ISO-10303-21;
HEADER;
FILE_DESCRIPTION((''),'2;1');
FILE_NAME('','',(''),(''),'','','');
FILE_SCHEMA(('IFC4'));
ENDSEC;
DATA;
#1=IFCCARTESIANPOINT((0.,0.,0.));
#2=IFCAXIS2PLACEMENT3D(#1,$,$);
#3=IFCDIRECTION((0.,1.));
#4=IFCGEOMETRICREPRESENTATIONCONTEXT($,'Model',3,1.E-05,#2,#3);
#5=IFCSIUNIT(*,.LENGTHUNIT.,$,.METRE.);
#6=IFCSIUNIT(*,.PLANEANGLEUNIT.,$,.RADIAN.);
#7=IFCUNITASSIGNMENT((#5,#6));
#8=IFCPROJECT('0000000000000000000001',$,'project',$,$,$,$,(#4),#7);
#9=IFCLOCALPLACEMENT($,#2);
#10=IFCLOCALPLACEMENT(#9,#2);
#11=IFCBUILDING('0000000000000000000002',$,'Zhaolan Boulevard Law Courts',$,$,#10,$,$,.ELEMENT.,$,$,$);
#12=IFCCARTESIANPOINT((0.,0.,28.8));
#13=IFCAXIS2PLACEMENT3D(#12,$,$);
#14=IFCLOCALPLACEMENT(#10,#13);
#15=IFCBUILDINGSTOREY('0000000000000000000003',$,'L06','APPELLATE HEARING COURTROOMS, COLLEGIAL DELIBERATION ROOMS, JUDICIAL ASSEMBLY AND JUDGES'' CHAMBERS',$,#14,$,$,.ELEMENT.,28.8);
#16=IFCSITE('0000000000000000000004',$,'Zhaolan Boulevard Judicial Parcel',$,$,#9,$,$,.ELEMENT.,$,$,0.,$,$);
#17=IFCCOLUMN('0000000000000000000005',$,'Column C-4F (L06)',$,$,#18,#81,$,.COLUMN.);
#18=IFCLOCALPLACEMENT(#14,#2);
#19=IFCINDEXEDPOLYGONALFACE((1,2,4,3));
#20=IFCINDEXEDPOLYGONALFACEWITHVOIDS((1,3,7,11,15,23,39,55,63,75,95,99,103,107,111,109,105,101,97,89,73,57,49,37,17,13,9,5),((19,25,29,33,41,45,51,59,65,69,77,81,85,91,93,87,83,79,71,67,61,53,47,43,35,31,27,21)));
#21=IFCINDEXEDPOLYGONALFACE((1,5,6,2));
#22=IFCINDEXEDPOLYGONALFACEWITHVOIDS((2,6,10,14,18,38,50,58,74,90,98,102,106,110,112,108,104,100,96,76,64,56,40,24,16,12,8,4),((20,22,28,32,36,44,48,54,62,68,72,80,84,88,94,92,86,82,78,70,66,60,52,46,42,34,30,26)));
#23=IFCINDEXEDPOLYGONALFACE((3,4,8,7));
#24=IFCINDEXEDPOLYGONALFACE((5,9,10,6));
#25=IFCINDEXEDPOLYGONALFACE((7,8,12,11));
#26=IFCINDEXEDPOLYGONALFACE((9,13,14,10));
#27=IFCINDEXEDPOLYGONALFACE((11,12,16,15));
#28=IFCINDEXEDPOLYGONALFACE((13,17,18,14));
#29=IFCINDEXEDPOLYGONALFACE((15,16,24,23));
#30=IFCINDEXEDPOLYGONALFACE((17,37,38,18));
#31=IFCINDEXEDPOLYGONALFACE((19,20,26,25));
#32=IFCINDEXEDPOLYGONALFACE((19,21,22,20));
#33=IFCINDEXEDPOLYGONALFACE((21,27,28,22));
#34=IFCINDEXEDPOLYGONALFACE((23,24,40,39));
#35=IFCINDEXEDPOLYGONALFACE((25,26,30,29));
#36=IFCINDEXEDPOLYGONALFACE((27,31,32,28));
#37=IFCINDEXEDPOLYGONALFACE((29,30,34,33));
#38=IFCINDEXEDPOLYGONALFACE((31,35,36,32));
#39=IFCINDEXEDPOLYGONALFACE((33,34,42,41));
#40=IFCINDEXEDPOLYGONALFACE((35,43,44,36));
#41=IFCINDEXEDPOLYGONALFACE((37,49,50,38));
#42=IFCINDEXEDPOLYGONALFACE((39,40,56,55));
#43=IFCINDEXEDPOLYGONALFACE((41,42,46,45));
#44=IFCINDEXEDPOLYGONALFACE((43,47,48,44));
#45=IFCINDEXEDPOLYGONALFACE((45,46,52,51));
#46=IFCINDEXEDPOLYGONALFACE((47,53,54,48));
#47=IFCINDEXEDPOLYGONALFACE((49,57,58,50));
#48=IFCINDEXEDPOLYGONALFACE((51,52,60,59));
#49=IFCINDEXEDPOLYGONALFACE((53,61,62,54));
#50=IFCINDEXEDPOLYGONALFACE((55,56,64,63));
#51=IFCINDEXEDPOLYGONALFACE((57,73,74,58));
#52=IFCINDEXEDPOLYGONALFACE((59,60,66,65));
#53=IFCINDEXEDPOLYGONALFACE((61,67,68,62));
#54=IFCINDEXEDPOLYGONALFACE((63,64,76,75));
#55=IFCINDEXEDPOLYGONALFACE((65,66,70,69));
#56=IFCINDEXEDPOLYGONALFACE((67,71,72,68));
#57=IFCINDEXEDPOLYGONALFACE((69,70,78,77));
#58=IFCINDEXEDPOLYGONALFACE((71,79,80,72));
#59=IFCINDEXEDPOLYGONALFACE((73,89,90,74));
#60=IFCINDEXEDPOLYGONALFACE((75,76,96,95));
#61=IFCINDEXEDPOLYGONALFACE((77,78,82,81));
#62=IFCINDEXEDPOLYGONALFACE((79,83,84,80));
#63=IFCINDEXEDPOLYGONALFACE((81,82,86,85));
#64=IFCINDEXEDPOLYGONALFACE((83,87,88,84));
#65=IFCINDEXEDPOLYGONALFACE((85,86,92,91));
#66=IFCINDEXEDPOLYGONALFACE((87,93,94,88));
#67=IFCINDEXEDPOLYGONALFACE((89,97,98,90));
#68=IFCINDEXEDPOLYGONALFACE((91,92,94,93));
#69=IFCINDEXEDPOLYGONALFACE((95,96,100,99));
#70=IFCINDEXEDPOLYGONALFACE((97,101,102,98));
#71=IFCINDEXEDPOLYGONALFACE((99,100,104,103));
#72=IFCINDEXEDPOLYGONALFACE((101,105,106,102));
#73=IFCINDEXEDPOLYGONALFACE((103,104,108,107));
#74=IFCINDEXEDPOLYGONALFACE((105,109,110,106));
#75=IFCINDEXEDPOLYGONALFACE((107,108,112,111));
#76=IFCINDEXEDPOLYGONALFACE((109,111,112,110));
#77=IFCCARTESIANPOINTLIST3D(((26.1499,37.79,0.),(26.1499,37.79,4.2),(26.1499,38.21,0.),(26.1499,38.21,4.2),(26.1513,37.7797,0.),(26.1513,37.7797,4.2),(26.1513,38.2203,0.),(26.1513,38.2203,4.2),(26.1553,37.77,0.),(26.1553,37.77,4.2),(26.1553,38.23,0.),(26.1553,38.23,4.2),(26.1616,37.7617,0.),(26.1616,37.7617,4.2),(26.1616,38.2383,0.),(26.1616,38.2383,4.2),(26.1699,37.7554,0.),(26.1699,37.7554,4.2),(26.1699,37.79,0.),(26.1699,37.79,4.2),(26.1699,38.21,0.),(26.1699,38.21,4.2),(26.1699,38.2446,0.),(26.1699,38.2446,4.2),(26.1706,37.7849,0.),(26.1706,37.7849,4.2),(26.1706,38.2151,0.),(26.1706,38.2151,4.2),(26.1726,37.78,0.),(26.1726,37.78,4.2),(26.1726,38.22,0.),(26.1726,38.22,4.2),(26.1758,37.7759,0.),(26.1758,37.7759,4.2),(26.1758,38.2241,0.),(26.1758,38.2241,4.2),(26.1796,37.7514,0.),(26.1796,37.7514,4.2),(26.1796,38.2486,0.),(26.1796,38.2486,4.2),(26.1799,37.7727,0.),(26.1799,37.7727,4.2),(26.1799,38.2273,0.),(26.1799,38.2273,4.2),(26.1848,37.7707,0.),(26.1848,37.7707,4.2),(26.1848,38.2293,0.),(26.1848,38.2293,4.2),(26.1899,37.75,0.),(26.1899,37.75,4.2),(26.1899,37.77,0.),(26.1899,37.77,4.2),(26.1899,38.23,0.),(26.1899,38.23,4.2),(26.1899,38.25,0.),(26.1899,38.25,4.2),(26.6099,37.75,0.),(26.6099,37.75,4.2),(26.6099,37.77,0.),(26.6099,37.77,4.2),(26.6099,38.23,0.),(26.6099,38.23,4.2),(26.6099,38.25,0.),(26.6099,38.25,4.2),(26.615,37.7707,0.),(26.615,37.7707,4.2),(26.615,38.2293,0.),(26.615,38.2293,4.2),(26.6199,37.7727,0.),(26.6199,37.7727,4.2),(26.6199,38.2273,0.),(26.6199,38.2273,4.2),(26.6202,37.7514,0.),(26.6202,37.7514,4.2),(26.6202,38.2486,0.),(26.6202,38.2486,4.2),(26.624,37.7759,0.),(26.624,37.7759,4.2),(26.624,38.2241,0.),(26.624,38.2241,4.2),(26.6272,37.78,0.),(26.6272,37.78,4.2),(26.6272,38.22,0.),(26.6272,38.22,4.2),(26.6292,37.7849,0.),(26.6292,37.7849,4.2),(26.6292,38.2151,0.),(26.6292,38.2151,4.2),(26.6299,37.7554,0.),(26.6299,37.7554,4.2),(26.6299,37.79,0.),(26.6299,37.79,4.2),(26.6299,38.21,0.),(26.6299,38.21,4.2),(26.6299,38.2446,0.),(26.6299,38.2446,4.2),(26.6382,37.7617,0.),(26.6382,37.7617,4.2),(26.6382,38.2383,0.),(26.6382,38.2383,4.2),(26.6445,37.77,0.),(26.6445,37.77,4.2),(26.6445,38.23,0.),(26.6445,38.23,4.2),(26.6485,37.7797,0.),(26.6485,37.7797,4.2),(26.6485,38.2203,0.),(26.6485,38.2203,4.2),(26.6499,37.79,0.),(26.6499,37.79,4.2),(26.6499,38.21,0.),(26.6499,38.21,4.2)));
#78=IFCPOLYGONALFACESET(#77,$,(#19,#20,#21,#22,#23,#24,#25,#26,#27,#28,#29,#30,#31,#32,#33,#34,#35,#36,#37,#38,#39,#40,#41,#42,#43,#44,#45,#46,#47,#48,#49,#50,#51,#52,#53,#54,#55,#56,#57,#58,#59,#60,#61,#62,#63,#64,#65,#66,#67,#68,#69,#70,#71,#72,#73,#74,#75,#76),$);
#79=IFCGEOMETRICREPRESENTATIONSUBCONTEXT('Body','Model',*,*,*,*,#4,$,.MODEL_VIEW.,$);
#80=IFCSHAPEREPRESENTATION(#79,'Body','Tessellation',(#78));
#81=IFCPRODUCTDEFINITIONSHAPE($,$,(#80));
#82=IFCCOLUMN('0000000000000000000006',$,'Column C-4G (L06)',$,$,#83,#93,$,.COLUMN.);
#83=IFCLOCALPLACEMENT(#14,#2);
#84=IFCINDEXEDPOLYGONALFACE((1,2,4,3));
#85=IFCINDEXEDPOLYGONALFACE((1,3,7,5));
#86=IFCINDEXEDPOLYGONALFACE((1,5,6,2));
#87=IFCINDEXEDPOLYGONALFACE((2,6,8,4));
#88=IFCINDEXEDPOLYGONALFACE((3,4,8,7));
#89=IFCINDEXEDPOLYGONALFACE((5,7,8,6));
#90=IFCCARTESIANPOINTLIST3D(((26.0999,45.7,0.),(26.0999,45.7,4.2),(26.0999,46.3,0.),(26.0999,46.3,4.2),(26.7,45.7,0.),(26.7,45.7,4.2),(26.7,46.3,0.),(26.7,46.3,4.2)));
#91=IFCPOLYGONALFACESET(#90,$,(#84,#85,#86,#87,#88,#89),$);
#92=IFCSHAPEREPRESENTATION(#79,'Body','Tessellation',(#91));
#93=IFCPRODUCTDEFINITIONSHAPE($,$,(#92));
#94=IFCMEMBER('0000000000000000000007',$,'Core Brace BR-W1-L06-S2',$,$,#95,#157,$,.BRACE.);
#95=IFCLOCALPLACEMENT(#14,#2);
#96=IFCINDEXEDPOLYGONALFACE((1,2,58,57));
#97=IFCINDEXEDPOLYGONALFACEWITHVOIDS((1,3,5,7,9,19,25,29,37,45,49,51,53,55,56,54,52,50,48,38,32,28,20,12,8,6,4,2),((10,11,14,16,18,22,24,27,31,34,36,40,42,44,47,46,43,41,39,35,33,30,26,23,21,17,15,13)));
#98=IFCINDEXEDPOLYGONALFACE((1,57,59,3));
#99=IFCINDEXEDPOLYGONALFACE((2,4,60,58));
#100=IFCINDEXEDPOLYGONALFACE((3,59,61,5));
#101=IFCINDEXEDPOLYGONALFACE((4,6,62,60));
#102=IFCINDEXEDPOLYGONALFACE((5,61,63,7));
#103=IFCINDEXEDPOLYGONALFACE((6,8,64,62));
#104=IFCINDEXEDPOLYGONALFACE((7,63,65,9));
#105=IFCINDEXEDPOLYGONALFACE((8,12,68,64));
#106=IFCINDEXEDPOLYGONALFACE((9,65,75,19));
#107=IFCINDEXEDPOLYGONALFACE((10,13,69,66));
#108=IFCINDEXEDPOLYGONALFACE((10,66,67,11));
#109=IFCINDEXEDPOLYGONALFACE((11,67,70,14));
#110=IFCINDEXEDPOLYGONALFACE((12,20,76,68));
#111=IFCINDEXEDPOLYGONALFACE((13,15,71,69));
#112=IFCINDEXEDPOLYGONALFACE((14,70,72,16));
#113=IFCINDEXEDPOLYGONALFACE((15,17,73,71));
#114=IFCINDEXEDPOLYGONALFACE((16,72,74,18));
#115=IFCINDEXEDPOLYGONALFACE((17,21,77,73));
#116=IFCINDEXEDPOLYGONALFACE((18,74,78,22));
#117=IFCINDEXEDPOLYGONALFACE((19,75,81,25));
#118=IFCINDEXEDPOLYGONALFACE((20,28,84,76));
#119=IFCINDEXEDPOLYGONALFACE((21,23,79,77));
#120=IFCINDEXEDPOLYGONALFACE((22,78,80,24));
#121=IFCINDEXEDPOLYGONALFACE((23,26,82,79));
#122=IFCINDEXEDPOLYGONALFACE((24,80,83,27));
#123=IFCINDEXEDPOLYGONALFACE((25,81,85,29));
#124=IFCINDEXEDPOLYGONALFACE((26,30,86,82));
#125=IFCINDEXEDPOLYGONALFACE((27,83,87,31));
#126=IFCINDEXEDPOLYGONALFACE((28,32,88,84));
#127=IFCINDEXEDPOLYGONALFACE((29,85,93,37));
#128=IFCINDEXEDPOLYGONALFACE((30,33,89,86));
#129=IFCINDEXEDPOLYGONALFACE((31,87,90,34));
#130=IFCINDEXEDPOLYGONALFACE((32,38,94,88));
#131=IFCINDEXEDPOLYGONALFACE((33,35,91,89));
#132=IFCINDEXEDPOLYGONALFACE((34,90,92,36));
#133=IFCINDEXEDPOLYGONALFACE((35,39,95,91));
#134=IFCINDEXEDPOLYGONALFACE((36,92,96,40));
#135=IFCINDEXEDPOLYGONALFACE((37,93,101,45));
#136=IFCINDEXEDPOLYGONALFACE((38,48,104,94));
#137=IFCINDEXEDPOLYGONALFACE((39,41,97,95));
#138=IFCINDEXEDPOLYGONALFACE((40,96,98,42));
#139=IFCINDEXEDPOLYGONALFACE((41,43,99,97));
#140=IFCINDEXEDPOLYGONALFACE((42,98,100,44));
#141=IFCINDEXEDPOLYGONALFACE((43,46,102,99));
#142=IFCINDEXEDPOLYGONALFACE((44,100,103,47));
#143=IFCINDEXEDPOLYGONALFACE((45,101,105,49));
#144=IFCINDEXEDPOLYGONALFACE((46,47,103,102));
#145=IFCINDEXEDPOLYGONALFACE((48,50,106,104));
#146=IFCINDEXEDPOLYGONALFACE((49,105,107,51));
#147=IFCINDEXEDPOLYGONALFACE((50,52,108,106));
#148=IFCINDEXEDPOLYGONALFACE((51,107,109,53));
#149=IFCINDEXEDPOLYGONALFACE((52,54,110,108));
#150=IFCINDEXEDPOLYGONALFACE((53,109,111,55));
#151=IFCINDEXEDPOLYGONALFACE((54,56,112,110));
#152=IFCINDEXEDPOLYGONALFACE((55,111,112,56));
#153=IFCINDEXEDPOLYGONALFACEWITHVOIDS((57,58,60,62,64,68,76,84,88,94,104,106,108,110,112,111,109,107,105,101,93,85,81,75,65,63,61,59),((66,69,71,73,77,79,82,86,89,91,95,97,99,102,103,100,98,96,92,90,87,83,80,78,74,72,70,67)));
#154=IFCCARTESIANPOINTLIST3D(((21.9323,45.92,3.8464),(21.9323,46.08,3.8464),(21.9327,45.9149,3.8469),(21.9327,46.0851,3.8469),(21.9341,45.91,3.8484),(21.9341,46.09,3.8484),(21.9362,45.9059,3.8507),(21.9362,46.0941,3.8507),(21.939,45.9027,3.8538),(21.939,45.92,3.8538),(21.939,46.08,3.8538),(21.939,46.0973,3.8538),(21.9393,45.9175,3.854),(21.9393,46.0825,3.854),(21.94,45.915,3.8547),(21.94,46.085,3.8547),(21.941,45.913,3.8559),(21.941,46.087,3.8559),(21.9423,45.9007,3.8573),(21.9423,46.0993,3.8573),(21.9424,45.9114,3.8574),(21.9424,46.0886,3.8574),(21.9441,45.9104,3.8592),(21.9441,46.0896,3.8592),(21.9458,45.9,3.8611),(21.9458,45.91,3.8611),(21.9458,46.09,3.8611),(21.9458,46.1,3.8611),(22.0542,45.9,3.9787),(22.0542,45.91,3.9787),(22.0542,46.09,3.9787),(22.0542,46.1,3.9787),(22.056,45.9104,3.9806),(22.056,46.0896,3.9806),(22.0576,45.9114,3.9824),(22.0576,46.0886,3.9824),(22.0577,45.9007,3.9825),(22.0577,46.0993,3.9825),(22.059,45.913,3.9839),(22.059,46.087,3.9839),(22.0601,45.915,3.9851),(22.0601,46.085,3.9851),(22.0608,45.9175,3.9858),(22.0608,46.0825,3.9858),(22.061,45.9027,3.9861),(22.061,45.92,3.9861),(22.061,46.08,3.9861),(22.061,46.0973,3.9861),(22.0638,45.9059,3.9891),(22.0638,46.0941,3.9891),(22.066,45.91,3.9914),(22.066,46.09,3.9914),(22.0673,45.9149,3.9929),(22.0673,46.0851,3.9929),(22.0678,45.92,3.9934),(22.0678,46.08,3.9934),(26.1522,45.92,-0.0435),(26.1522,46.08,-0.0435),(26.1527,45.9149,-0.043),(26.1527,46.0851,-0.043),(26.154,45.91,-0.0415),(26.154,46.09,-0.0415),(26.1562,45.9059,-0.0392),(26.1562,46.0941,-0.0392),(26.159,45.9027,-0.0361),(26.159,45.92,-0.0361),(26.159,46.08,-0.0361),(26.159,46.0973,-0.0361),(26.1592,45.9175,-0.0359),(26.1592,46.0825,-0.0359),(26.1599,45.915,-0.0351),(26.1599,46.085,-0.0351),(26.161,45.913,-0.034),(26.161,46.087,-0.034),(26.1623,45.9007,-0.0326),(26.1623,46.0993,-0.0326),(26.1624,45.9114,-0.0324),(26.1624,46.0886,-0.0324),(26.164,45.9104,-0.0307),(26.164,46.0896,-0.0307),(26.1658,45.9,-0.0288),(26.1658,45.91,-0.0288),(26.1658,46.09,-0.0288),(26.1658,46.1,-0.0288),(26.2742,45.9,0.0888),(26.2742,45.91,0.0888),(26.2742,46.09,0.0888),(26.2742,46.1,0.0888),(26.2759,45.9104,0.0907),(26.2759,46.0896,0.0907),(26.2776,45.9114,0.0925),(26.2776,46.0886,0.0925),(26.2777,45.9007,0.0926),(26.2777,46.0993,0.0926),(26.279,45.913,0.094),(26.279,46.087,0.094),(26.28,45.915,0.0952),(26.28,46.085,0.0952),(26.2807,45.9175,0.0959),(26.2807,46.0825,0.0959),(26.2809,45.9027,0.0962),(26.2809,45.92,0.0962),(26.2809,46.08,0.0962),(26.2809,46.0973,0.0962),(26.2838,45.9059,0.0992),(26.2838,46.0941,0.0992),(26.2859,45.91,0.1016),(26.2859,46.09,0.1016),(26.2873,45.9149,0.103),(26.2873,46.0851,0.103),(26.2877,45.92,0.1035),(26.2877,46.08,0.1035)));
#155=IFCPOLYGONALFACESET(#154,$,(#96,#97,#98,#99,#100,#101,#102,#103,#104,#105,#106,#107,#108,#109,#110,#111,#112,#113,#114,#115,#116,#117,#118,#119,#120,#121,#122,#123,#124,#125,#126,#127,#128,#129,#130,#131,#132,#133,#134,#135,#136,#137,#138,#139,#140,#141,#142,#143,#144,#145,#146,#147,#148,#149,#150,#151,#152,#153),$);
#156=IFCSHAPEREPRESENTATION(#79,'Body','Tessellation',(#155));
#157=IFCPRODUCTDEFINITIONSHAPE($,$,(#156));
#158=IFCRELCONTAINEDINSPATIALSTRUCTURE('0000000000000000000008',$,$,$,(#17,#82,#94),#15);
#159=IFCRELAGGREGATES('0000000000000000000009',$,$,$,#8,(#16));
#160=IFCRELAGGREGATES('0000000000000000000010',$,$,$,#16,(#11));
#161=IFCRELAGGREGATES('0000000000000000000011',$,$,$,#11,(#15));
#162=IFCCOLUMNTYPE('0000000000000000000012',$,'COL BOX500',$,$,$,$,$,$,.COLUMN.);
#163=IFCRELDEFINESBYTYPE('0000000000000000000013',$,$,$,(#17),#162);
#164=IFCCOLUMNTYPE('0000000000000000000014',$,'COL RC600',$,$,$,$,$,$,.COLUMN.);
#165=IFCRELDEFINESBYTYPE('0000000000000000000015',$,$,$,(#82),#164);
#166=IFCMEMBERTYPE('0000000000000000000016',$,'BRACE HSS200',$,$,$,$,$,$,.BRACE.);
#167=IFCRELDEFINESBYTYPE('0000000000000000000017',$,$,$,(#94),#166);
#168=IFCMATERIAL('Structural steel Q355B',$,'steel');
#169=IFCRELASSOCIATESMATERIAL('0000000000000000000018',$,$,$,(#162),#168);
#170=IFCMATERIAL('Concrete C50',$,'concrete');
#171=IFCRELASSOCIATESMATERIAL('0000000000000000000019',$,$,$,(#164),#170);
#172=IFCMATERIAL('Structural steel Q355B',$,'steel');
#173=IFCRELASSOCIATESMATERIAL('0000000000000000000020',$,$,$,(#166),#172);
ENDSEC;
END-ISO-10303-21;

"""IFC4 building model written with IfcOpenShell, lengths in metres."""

from ifc_helpers import new_model, si_unit, direction, frame, origin, origin_2d, place, context, subcontext, project, spatial, rectangle, hollow_rectangle, extrude, material, material_profile, profile_set, type_object, element, save


model = new_model("IFC4")

# Units and contexts
model_context = context("Model", 3, precision=1e-05, world=origin(), true_north=direction((0.0, 1.0)))
body_context = subcontext(model_context, "Body", "Model", "MODEL_VIEW")
ifc_project = project(units=[si_unit("LENGTHUNIT", "METRE"), si_unit("PLANEANGLEUNIT", "RADIAN")], contexts=[model_context])

# Site, building, storey
site_placement = place(None, origin())
site = spatial("IfcSite", under=ifc_project, at=site_placement, Name="Zhaolan Boulevard Judicial Parcel", CompositionType="ELEMENT", RefElevation=0.0)
building_placement = place(site_placement, origin())
building = spatial("IfcBuilding", under=site, at=building_placement, Name="Zhaolan Boulevard Law Courts", CompositionType="ELEMENT")
storey_placement = place(building_placement, frame((0.0, 0.0, 28.8)))
storey = spatial("IfcBuildingStorey", under=building, at=storey_placement, Name="L06", Description="APPELLATE HEARING COURTROOMS, COLLEGIAL DELIBERATION ROOMS, JUDICIAL ASSEMBLY AND JUDGES' CHAMBERS", CompositionType="ELEMENT", Elevation=28.8)

# Columns
ifc_material_1 = material(Name="Structural steel Q355B", Category="steel")
ifc_material_profile_1 = material_profile(ifc_material_1, hollow_rectangle(XDim=0.5, YDim=0.5, WallThickness=0.02, InnerFilletRadius=0.02, OuterFilletRadius=0.04, at=origin_2d()), Name="BOX500x500x20")
ifc_profile_set_1 = profile_set([ifc_material_profile_1], Name="Structural steel Q355B")
column_type_1 = type_object("IfcColumnType", Name="COL BOX500", PredefinedType="COLUMN", material=ifc_profile_set_1)
column_1_placement = place(storey_placement, frame((26.3999, 38.0, 0.0), z_axis=(0.0, 0.0, 1.0), x_axis=(1.0, 0.0, 0.0)))
element("IfcColumn", 1, at=column_1_placement, inside=storey, type_object=column_type_1, Name="Column C-4F (L06)", PredefinedType="COLUMN", context=body_context, shape_type="SweptSolid", body=[
    extrude(hollow_rectangle(XDim=0.5, YDim=0.5, WallThickness=0.02, InnerFilletRadius=0.02, OuterFilletRadius=0.04, at=origin_2d()), origin(), (0.0, 0.0, 1.0), 4.2),
])
ifc_material_2 = material(Name="Concrete C50", Category="concrete")
ifc_material_profile_2 = material_profile(ifc_material_2, rectangle(XDim=0.6001, YDim=0.6001, at=origin_2d()), Name="RC600x600")
ifc_profile_set_2 = profile_set([ifc_material_profile_2], Name="Concrete C50")
column_type_2 = type_object("IfcColumnType", Name="COL RC600", PredefinedType="COLUMN", material=ifc_profile_set_2)
column_2_placement = place(storey_placement, frame((26.3999, 46.0, 0.0), z_axis=(0.0, 0.0, 1.0), x_axis=(1.0, 0.0, 0.0)))
element("IfcColumn", 2, at=column_2_placement, inside=storey, type_object=column_type_2, Name="Column C-4G (L06)", PredefinedType="COLUMN", context=body_context, shape_type="SweptSolid", body=[
    extrude(rectangle(XDim=0.6001, YDim=0.6001, at=origin_2d()), origin(), (0.0, 0.0, 1.0), 4.2),
])

# Member
ifc_material_3 = material(Name="Structural steel Q355B", Category="steel")
ifc_material_profile_3 = material_profile(ifc_material_3, hollow_rectangle(XDim=0.2, YDim=0.2, WallThickness=0.01, InnerFilletRadius=0.01, OuterFilletRadius=0.02, at=origin_2d()), Name="HSS200x200x10")
ifc_profile_set_3 = profile_set([ifc_material_profile_3], Name="Structural steel Q355B")
member_type_1 = type_object("IfcMemberType", Name="BRACE HSS200", PredefinedType="BRACE", material=ifc_profile_set_3)
member_1_placement = place(storey_placement, frame((26.22, 46.0, 0.03), z_axis=(-0.735278, 0.0, 0.677766), x_axis=(0.0, -1.0, 0.0)))
element("IfcMember", 3, at=member_1_placement, inside=storey, type_object=member_type_1, Name="Core Brace BR-W1-L06-S2", PredefinedType="BRACE", context=body_context, shape_type="SweptSolid", body=[
    extrude(hollow_rectangle(XDim=0.2, YDim=0.2, WallThickness=0.01, InnerFilletRadius=0.01, OuterFilletRadius=0.02, at=origin_2d()), origin(), (0.0, 0.0, 1.0), 5.7393),
])

save(model, "model.ifc")
